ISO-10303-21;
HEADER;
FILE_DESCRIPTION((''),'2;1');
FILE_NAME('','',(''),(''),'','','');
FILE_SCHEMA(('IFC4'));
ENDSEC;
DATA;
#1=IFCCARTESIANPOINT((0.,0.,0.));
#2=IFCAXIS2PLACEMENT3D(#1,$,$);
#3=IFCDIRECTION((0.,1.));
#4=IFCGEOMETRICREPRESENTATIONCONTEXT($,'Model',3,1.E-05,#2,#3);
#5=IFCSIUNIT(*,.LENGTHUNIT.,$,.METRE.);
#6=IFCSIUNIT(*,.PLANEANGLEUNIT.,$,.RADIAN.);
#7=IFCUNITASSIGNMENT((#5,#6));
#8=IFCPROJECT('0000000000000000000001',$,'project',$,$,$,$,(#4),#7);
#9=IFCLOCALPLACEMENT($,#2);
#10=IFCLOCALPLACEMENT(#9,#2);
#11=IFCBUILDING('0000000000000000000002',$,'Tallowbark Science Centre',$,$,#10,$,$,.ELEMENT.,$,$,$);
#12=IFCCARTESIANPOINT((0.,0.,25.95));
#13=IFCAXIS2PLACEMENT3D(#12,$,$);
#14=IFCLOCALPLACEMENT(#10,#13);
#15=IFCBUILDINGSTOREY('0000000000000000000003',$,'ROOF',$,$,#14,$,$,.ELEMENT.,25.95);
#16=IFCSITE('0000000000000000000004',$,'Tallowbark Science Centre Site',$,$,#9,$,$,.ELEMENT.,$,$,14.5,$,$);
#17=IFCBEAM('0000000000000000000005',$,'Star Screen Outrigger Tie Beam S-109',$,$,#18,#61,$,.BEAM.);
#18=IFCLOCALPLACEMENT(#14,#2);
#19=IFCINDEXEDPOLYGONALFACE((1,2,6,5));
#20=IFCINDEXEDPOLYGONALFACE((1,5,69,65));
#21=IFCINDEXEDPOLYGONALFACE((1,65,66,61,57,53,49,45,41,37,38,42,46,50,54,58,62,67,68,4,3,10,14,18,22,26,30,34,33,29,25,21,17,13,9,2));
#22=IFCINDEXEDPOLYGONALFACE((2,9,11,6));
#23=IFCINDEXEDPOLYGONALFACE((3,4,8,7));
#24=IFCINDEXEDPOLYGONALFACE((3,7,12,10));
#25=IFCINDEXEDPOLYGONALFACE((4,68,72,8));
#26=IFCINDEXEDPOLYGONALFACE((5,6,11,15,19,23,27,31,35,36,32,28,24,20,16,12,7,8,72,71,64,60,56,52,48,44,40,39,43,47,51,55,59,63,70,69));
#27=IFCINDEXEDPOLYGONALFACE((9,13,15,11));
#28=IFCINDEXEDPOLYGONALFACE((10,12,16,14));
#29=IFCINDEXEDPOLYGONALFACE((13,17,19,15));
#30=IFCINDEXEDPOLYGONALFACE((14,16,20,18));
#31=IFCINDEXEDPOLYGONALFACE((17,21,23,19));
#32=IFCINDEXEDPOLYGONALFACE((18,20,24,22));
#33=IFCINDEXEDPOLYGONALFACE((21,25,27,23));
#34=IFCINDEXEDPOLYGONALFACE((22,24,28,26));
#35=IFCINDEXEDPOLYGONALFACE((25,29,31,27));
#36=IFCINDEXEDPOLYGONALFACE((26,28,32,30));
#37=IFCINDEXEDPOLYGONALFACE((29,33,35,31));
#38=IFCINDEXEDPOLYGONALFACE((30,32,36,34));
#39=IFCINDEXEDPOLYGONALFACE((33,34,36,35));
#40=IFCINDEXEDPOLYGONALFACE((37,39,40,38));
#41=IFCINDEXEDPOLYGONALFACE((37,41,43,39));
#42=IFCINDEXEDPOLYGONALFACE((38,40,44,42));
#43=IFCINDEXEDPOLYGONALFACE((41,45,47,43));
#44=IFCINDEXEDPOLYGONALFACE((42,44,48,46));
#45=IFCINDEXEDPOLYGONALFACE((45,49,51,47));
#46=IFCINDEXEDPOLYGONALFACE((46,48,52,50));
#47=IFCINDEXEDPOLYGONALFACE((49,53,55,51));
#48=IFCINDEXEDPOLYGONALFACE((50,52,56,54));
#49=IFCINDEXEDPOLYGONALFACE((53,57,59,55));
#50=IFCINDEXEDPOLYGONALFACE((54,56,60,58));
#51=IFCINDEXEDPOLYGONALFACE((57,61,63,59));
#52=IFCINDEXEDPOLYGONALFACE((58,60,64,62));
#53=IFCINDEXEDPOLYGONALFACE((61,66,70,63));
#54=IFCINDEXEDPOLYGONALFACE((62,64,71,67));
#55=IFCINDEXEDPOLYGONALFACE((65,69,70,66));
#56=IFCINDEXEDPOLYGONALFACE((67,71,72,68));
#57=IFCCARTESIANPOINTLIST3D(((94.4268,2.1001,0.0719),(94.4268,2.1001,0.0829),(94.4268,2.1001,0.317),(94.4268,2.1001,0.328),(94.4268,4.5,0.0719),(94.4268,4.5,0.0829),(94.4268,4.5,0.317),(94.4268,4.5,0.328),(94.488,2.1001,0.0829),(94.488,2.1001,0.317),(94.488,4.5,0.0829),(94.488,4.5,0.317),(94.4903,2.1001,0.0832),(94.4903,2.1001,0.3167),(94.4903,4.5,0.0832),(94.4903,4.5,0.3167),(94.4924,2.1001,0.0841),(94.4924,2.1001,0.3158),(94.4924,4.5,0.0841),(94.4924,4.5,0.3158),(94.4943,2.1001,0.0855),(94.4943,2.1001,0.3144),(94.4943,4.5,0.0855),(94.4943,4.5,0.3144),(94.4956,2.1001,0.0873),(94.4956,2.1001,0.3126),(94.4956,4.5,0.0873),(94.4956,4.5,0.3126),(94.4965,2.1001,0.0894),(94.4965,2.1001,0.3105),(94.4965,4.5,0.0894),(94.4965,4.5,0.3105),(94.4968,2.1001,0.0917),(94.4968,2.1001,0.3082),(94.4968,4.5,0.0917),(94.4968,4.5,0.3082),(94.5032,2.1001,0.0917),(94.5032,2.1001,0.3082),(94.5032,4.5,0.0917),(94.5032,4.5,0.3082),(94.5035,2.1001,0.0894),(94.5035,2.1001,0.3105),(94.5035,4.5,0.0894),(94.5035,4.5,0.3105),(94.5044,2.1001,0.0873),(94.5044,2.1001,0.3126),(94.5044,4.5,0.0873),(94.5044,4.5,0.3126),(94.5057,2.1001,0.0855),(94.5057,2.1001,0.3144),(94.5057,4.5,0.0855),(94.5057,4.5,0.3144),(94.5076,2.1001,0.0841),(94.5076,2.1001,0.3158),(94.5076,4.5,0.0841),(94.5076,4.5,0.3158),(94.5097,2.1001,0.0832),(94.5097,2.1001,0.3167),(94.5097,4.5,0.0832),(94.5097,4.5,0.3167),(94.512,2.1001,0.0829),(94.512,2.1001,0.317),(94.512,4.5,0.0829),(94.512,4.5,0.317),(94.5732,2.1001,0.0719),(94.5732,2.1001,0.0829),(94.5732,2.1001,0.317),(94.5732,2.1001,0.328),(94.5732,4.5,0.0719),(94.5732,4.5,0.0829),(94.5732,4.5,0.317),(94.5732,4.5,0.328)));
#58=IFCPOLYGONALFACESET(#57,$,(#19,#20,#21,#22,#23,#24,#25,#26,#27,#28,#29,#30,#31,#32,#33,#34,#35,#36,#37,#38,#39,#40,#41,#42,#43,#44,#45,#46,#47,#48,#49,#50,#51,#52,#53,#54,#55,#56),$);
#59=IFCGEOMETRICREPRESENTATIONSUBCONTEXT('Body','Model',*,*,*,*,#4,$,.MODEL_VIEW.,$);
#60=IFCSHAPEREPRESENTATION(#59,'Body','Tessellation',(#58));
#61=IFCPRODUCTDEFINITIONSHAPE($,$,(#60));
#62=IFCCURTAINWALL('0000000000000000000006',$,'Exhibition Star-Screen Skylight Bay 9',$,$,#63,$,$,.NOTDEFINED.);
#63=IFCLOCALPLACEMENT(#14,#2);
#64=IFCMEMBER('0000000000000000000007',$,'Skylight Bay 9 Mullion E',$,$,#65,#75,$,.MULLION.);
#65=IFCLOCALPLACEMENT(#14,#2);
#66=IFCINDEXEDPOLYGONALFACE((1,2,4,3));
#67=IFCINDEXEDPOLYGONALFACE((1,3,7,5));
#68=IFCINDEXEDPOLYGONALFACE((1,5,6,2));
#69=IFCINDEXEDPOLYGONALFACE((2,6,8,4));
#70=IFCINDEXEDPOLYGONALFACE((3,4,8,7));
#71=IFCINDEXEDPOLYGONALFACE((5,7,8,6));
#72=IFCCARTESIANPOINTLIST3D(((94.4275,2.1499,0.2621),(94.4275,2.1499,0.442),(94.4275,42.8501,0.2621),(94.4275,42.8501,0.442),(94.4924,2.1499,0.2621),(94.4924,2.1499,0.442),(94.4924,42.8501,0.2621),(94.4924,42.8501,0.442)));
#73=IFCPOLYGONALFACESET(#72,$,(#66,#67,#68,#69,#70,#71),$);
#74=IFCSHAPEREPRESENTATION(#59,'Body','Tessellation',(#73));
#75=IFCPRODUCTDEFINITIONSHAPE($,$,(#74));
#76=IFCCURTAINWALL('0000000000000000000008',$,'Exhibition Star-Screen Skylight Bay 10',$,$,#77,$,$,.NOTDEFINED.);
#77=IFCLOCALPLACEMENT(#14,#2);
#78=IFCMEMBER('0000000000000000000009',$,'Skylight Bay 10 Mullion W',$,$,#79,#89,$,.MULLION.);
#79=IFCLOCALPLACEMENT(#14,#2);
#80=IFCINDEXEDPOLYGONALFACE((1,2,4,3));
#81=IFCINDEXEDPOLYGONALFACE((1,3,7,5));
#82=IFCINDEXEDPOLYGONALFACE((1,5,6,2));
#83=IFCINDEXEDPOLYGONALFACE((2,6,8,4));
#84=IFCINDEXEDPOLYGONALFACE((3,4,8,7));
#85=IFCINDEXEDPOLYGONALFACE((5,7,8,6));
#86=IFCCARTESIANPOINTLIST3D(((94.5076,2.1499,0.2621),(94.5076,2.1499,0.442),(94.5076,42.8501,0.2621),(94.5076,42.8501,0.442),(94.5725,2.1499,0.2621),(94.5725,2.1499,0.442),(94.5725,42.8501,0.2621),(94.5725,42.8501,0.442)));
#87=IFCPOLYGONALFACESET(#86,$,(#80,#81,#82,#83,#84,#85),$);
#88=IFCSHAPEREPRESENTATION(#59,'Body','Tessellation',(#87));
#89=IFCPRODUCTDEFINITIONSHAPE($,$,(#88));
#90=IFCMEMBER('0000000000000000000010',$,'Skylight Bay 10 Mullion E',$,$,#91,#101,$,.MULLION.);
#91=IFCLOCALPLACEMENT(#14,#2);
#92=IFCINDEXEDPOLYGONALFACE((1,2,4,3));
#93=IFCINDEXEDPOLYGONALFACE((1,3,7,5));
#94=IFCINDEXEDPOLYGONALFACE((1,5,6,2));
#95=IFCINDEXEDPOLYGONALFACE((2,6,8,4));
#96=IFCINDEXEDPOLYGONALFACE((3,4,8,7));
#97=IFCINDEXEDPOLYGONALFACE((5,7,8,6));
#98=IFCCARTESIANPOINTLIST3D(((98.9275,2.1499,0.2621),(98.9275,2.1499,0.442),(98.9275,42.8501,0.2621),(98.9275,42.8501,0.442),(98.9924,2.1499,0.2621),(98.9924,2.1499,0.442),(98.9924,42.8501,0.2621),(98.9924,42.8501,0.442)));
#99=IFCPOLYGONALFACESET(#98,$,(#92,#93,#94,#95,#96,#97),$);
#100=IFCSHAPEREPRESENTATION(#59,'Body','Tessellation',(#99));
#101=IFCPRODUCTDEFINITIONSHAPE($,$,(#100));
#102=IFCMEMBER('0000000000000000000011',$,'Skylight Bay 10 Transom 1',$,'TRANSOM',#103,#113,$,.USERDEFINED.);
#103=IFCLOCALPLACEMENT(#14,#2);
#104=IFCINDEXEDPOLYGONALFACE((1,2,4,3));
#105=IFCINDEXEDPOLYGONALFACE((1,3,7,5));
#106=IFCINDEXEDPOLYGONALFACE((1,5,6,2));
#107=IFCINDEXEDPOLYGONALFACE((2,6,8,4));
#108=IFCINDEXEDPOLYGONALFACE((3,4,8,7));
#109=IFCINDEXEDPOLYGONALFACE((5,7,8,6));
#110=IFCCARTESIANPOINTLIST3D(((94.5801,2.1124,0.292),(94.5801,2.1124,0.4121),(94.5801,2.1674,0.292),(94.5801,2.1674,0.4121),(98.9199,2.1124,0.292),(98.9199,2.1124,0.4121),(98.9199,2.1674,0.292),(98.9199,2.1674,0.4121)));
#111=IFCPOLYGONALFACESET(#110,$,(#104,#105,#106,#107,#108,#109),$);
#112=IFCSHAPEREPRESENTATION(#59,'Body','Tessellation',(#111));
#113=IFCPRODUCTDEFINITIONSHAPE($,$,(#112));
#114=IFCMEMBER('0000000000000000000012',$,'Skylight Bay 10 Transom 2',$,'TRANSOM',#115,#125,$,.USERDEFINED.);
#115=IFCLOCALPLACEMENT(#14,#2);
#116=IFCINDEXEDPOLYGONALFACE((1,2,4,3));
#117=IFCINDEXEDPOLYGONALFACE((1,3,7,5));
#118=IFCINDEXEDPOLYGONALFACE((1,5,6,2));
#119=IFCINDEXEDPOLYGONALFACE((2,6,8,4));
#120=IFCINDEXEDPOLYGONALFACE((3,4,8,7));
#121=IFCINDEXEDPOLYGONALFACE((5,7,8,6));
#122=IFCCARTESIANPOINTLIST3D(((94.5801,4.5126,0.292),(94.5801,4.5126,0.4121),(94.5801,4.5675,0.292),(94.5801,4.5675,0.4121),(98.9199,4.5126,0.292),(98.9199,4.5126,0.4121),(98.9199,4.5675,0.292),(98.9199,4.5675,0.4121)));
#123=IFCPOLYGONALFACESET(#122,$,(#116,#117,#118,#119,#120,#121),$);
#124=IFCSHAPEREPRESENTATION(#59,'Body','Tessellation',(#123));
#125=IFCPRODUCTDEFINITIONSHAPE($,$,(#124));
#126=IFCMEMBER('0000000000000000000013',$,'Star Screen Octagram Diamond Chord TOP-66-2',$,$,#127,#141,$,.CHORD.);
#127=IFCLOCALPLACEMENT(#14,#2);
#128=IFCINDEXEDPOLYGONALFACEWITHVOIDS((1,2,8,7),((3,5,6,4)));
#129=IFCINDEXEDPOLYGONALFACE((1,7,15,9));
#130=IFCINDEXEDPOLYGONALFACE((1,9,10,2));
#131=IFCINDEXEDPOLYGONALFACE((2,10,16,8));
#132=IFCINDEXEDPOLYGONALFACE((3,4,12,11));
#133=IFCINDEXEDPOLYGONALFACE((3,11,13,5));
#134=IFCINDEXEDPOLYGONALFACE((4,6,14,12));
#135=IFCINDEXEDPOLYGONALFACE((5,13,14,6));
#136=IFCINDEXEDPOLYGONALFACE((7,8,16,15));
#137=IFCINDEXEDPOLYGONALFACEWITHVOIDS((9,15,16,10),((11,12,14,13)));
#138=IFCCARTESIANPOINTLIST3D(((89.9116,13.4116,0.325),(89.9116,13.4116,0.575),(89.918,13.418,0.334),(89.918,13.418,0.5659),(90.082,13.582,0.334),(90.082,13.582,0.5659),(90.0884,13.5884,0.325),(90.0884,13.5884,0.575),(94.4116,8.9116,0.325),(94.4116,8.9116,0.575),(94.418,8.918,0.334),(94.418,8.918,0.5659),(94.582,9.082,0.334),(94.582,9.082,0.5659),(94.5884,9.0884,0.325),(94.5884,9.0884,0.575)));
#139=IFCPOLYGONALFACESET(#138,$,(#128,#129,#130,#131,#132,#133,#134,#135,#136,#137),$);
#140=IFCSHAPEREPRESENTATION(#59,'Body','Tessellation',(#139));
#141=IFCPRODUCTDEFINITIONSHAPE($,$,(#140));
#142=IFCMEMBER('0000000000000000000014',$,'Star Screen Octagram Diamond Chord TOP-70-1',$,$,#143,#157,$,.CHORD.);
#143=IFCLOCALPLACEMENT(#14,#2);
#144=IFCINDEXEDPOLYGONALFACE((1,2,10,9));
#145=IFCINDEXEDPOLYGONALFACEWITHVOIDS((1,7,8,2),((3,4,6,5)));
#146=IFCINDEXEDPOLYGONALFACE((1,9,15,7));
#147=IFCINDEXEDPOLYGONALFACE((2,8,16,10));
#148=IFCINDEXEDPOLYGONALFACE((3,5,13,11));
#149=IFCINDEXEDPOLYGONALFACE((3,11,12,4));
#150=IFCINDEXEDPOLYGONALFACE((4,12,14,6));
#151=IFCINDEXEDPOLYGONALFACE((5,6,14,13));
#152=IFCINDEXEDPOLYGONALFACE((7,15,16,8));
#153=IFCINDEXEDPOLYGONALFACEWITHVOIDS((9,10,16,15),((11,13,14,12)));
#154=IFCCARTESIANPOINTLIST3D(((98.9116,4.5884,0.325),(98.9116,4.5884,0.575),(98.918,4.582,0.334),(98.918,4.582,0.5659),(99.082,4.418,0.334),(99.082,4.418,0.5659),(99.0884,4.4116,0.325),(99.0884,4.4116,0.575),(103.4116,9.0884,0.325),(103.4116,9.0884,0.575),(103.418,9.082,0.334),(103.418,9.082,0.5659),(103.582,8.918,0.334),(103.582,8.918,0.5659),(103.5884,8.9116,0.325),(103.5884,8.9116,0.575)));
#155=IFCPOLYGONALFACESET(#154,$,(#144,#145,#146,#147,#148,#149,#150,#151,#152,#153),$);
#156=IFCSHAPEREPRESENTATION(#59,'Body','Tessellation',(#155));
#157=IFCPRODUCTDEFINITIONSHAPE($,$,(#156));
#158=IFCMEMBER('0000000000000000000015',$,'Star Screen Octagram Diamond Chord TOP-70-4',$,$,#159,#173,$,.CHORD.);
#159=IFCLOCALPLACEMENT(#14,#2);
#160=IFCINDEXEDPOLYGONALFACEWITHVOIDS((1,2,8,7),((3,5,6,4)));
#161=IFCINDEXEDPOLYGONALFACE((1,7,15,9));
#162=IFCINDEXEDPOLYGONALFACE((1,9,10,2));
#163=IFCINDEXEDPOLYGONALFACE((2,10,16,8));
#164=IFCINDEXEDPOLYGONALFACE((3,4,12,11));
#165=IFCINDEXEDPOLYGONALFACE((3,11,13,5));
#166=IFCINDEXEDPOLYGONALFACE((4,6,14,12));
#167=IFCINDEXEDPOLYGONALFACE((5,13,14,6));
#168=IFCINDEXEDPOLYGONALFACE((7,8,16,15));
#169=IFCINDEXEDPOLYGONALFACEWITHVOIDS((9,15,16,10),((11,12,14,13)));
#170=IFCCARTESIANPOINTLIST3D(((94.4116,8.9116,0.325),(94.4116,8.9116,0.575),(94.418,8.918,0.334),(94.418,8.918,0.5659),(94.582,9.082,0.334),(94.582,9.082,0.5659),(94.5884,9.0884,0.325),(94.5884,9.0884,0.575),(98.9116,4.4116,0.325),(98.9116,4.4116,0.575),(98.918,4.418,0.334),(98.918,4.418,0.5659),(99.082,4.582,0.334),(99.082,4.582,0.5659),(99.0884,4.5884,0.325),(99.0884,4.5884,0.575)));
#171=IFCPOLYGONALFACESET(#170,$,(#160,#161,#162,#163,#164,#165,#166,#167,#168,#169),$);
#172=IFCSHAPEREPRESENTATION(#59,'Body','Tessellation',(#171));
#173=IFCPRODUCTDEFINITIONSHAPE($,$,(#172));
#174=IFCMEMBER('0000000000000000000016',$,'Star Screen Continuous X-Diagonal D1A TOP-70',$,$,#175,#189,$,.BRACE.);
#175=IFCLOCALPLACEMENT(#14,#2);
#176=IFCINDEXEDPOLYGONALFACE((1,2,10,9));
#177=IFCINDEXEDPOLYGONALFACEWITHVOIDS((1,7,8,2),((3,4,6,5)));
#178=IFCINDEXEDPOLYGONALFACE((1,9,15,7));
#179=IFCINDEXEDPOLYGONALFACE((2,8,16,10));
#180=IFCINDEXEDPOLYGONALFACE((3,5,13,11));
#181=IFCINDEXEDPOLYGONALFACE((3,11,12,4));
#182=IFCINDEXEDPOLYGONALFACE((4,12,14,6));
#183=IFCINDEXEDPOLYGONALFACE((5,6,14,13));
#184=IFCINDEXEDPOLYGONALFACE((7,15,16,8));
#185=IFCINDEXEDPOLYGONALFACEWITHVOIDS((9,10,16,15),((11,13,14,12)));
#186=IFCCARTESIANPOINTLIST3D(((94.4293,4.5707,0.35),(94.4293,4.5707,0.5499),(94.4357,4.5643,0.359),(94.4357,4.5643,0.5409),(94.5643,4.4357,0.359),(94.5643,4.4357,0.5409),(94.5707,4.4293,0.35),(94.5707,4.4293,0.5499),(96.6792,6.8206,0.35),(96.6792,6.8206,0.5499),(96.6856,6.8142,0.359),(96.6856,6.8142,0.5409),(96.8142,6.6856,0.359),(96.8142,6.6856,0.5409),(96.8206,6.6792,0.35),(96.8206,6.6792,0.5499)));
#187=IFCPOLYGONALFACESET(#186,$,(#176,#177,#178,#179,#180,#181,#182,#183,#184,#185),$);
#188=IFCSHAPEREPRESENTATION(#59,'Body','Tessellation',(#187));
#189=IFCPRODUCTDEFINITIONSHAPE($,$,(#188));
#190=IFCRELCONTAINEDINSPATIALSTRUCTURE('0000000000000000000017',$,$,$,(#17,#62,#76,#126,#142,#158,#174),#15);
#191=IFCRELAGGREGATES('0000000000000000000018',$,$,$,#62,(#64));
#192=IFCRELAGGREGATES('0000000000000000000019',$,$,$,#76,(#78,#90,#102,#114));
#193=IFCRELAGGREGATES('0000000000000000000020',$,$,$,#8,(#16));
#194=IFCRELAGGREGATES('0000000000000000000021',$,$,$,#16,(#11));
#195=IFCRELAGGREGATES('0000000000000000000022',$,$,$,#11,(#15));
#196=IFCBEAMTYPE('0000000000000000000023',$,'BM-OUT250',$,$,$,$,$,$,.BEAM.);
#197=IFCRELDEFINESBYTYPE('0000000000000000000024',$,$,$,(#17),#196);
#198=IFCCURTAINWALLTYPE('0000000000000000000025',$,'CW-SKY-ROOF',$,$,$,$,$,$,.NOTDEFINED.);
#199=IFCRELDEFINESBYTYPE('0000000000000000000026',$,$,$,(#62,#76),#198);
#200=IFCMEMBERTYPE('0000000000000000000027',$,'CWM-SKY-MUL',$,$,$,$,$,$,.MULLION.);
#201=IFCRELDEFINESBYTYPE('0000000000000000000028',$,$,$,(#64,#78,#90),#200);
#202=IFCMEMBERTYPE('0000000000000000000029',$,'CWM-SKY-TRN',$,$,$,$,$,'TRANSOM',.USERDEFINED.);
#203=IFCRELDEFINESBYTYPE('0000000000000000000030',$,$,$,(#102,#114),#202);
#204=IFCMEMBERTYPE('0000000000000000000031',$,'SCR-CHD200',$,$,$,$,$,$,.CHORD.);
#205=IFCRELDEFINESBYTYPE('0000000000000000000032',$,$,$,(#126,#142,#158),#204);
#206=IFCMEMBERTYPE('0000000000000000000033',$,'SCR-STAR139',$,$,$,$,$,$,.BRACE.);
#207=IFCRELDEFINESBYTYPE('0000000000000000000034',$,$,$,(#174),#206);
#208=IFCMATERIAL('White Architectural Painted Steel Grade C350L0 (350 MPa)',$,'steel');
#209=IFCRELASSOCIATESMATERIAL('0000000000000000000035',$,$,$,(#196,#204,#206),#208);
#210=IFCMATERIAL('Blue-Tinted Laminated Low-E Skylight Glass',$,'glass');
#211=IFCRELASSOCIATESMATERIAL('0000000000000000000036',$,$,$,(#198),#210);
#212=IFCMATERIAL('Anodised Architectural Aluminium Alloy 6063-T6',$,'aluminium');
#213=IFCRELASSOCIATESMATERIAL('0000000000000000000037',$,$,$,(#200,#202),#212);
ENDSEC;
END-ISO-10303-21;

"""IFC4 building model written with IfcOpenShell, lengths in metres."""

from ifc_helpers import new_model, si_unit, direction, frame, origin, origin_2d, place, context, subcontext, project, spatial, rectangle, hollow_rectangle, i_section, extrude, material, material_profile, profile_set, type_object, element, aggregate, save


model = new_model("IFC4")

# Units and contexts
model_context = context("Model", 3, precision=1e-05, world=origin(), true_north=direction((0.0, 1.0)))
body_context = subcontext(model_context, "Body", "Model", "MODEL_VIEW")
ifc_project = project(units=[si_unit("LENGTHUNIT", "METRE"), si_unit("PLANEANGLEUNIT", "RADIAN")], contexts=[model_context])

# Site, building, storey
site_placement = place(None, origin())
site = spatial("IfcSite", under=ifc_project, at=site_placement, Name="Tallowbark Science Centre Site", CompositionType="ELEMENT", RefElevation=14.5)
building_placement = place(site_placement, origin())
building = spatial("IfcBuilding", under=site, at=building_placement, Name="Tallowbark Science Centre", CompositionType="ELEMENT")
storey_placement = place(building_placement, frame((0.0, 0.0, 25.95)))
storey = spatial("IfcBuildingStorey", under=building, at=storey_placement, Name="ROOF", CompositionType="ELEMENT", Elevation=25.95)

# Beam
ifc_material_1 = material(Name="White Architectural Painted Steel Grade C350L0 (350 MPa)", Category="steel")
ifc_material_profile_1 = material_profile(ifc_material_1, i_section(OverallWidth=0.1465, OverallDepth=0.2561, WebThickness=0.0063, FlangeThickness=0.011, FilletRadius=0.0088, at=origin_2d()), Name="250UB37.3")
ifc_profile_set_1 = profile_set([ifc_material_profile_1], Name="White Architectural Painted Steel Grade C350L0 (350 MPa)")
beam_type = type_object("IfcBeamType", Name="BM-OUT250", PredefinedType="BEAM", material=ifc_profile_set_1)
beam_placement = place(storey_placement, frame((94.5, 4.5, 0.2), z_axis=(0.0, -1.0, 0.0), x_axis=(1.0, 0.0, 0.0)))
element("IfcBeam", 1, at=beam_placement, inside=storey, type_object=beam_type, Name="Star Screen Outrigger Tie Beam S-109", PredefinedType="BEAM", context=body_context, shape_type="SweptSolid", body=[
    extrude(i_section(OverallWidth=0.1465, OverallDepth=0.2561, WebThickness=0.0063, FlangeThickness=0.011, FilletRadius=0.0088, at=origin_2d()), origin(), (0.0, 0.0, 1.0), 2.3999),
])

# Curtain wall, member
ifc_material_2 = material(Name="Blue-Tinted Laminated Low-E Skylight Glass", Category="glass")
curtain_wall_type = type_object("IfcCurtainWallType", Name="CW-SKY-ROOF", PredefinedType="NOTDEFINED", material=ifc_material_2)
curtain_wall_1_placement = place(storey_placement, origin())
curtain_wall_1 = element("IfcCurtainWall", 2, at=curtain_wall_1_placement, inside=storey, type_object=curtain_wall_type, Name="Exhibition Star-Screen Skylight Bay 9", PredefinedType="NOTDEFINED")
ifc_material_3 = material(Name="Anodised Architectural Aluminium Alloy 6063-T6", Category="aluminium")
ifc_material_profile_2 = material_profile(ifc_material_3, rectangle(XDim=0.0649, YDim=0.1799, at=origin_2d()), Name="ALU65x180")
ifc_profile_set_2 = profile_set([ifc_material_profile_2], Name="Anodised Architectural Aluminium Alloy 6063-T6")
member_type_1 = type_object("IfcMemberType", Name="CWM-SKY-MUL", PredefinedType="MULLION", material=ifc_profile_set_2)
member_1_placement = place(storey_placement, frame((94.46, 2.1499, 0.3521), z_axis=(0.0, 1.0, 0.0), x_axis=(-1.0, 0.0, 0.0)))
member_1 = element("IfcMember", 3, at=member_1_placement, type_object=member_type_1, Name="Skylight Bay 9 Mullion E", PredefinedType="MULLION", context=body_context, shape_type="SweptSolid", body=[
    extrude(rectangle(XDim=0.0649, YDim=0.1799, at=origin_2d()), origin(), (0.0, 0.0, 1.0), 40.7002),
])
aggregate(curtain_wall_1, [member_1])

# Curtain wall, members
curtain_wall_2_placement = place(storey_placement, origin())
curtain_wall_2 = element("IfcCurtainWall", 4, at=curtain_wall_2_placement, inside=storey, type_object=curtain_wall_type, Name="Exhibition Star-Screen Skylight Bay 10", PredefinedType="NOTDEFINED")
member_2_placement = place(storey_placement, frame((94.54, 2.1499, 0.3521), z_axis=(0.0, 1.0, 0.0), x_axis=(-1.0, 0.0, 0.0)))
member_2 = element("IfcMember", 5, at=member_2_placement, type_object=member_type_1, Name="Skylight Bay 10 Mullion W", PredefinedType="MULLION", context=body_context, shape_type="SweptSolid", body=[
    extrude(rectangle(XDim=0.0649, YDim=0.1799, at=origin_2d()), origin(), (0.0, 0.0, 1.0), 40.7002),
])
member_3_placement = place(storey_placement, frame((98.96, 2.1499, 0.3521), z_axis=(0.0, 1.0, 0.0), x_axis=(-1.0, 0.0, 0.0)))
member_3 = element("IfcMember", 6, at=member_3_placement, type_object=member_type_1, Name="Skylight Bay 10 Mullion E", PredefinedType="MULLION", context=body_context, shape_type="SweptSolid", body=[
    extrude(rectangle(XDim=0.0649, YDim=0.1799, at=origin_2d()), origin(), (0.0, 0.0, 1.0), 40.7002),
])
ifc_material_profile_3 = material_profile(ifc_material_3, rectangle(XDim=0.0549, YDim=0.1201, at=origin_2d()), Name="ALU55x120")
ifc_profile_set_3 = profile_set([ifc_material_profile_3], Name="Anodised Architectural Aluminium Alloy 6063-T6")
member_type_2 = type_object("IfcMemberType", Name="CWM-SKY-TRN", ElementType="TRANSOM", PredefinedType="USERDEFINED", material=ifc_profile_set_3)
member_4_placement = place(storey_placement, frame((94.5801, 2.1399, 0.3521), z_axis=(1.0, 0.0, 0.0), x_axis=(0.0, 1.0, 0.0)))
member_4 = element("IfcMember", 7, at=member_4_placement, type_object=member_type_2, Name="Skylight Bay 10 Transom 1", ObjectType="TRANSOM", PredefinedType="USERDEFINED", context=body_context, shape_type="SweptSolid", body=[
    extrude(rectangle(XDim=0.0549, YDim=0.1201, at=origin_2d()), origin(), (0.0, 0.0, 1.0), 4.3398),
])
member_5_placement = place(storey_placement, frame((94.5801, 4.54, 0.3521), z_axis=(1.0, 0.0, 0.0), x_axis=(0.0, 1.0, 0.0)))
member_5 = element("IfcMember", 8, at=member_5_placement, type_object=member_type_2, Name="Skylight Bay 10 Transom 2", ObjectType="TRANSOM", PredefinedType="USERDEFINED", context=body_context, shape_type="SweptSolid", body=[
    extrude(rectangle(XDim=0.0549, YDim=0.1201, at=origin_2d()), origin(), (0.0, 0.0, 1.0), 4.3398),
])

# Members
ifc_material_profile_4 = material_profile(ifc_material_1, hollow_rectangle(XDim=0.25, YDim=0.25, WallThickness=0.009, at=origin_2d()), Name="250x250x9.0SHS")
ifc_profile_set_4 = profile_set([ifc_material_profile_4], Name="White Architectural Painted Steel Grade C350L0 (350 MPa)")
member_type_3 = type_object("IfcMemberType", Name="SCR-CHD200", PredefinedType="CHORD", material=ifc_profile_set_4)
for number, where, z_axis, x_axis, name in (
    (9, (94.5, 9.0, 0.45), (-0.707107, 0.707107, 0.0), (-0.707107, -0.707107, 0.0), "Star Screen Octagram Diamond Chord TOP-66-2"),
    (10, (99.0, 4.5, 0.45), (0.707107, 0.707107, 0.0), (-0.707107, 0.707107, 0.0), "Star Screen Octagram Diamond Chord TOP-70-1"),
    (11, (94.5, 9.0, 0.45), (0.707107, -0.707107, 0.0), (0.707107, 0.707107, 0.0), "Star Screen Octagram Diamond Chord TOP-70-4"),
):
    element("IfcMember", number, at=place(storey_placement, frame(where, z_axis=z_axis, x_axis=x_axis)), inside=storey, type_object=member_type_3, Name=name, PredefinedType="CHORD", context=body_context, shape_type="SweptSolid", body=[
        extrude(hollow_rectangle(XDim=0.25, YDim=0.25, WallThickness=0.009, at=origin_2d()), origin(), (0.0, 0.0, 1.0), 6.364),
    ])
ifc_material_profile_5 = material_profile(ifc_material_1, hollow_rectangle(XDim=0.2, YDim=0.2, WallThickness=0.009, at=origin_2d()), Name="200x200x9.0SHS")
ifc_profile_set_5 = profile_set([ifc_material_profile_5], Name="White Architectural Painted Steel Grade C350L0 (350 MPa)")
member_type_4 = type_object("IfcMemberType", Name="SCR-STAR139", PredefinedType="BRACE", material=ifc_profile_set_5)
member_6_placement = place(storey_placement, frame((94.5, 4.5, 0.45), z_axis=(0.707107, 0.707107, 0.0), x_axis=(-0.707107, 0.707107, 0.0)))
element("IfcMember", 12, at=member_6_placement, inside=storey, type_object=member_type_4, Name="Star Screen Continuous X-Diagonal D1A TOP-70", PredefinedType="BRACE", context=body_context, shape_type="SweptSolid", body=[
    extrude(hollow_rectangle(XDim=0.2, YDim=0.2, WallThickness=0.009, at=origin_2d()), origin(), (0.0, 0.0, 1.0), 3.1819),
])

aggregate(curtain_wall_2, [member_2, member_3, member_4, member_5])

save(model, "model.ifc")
